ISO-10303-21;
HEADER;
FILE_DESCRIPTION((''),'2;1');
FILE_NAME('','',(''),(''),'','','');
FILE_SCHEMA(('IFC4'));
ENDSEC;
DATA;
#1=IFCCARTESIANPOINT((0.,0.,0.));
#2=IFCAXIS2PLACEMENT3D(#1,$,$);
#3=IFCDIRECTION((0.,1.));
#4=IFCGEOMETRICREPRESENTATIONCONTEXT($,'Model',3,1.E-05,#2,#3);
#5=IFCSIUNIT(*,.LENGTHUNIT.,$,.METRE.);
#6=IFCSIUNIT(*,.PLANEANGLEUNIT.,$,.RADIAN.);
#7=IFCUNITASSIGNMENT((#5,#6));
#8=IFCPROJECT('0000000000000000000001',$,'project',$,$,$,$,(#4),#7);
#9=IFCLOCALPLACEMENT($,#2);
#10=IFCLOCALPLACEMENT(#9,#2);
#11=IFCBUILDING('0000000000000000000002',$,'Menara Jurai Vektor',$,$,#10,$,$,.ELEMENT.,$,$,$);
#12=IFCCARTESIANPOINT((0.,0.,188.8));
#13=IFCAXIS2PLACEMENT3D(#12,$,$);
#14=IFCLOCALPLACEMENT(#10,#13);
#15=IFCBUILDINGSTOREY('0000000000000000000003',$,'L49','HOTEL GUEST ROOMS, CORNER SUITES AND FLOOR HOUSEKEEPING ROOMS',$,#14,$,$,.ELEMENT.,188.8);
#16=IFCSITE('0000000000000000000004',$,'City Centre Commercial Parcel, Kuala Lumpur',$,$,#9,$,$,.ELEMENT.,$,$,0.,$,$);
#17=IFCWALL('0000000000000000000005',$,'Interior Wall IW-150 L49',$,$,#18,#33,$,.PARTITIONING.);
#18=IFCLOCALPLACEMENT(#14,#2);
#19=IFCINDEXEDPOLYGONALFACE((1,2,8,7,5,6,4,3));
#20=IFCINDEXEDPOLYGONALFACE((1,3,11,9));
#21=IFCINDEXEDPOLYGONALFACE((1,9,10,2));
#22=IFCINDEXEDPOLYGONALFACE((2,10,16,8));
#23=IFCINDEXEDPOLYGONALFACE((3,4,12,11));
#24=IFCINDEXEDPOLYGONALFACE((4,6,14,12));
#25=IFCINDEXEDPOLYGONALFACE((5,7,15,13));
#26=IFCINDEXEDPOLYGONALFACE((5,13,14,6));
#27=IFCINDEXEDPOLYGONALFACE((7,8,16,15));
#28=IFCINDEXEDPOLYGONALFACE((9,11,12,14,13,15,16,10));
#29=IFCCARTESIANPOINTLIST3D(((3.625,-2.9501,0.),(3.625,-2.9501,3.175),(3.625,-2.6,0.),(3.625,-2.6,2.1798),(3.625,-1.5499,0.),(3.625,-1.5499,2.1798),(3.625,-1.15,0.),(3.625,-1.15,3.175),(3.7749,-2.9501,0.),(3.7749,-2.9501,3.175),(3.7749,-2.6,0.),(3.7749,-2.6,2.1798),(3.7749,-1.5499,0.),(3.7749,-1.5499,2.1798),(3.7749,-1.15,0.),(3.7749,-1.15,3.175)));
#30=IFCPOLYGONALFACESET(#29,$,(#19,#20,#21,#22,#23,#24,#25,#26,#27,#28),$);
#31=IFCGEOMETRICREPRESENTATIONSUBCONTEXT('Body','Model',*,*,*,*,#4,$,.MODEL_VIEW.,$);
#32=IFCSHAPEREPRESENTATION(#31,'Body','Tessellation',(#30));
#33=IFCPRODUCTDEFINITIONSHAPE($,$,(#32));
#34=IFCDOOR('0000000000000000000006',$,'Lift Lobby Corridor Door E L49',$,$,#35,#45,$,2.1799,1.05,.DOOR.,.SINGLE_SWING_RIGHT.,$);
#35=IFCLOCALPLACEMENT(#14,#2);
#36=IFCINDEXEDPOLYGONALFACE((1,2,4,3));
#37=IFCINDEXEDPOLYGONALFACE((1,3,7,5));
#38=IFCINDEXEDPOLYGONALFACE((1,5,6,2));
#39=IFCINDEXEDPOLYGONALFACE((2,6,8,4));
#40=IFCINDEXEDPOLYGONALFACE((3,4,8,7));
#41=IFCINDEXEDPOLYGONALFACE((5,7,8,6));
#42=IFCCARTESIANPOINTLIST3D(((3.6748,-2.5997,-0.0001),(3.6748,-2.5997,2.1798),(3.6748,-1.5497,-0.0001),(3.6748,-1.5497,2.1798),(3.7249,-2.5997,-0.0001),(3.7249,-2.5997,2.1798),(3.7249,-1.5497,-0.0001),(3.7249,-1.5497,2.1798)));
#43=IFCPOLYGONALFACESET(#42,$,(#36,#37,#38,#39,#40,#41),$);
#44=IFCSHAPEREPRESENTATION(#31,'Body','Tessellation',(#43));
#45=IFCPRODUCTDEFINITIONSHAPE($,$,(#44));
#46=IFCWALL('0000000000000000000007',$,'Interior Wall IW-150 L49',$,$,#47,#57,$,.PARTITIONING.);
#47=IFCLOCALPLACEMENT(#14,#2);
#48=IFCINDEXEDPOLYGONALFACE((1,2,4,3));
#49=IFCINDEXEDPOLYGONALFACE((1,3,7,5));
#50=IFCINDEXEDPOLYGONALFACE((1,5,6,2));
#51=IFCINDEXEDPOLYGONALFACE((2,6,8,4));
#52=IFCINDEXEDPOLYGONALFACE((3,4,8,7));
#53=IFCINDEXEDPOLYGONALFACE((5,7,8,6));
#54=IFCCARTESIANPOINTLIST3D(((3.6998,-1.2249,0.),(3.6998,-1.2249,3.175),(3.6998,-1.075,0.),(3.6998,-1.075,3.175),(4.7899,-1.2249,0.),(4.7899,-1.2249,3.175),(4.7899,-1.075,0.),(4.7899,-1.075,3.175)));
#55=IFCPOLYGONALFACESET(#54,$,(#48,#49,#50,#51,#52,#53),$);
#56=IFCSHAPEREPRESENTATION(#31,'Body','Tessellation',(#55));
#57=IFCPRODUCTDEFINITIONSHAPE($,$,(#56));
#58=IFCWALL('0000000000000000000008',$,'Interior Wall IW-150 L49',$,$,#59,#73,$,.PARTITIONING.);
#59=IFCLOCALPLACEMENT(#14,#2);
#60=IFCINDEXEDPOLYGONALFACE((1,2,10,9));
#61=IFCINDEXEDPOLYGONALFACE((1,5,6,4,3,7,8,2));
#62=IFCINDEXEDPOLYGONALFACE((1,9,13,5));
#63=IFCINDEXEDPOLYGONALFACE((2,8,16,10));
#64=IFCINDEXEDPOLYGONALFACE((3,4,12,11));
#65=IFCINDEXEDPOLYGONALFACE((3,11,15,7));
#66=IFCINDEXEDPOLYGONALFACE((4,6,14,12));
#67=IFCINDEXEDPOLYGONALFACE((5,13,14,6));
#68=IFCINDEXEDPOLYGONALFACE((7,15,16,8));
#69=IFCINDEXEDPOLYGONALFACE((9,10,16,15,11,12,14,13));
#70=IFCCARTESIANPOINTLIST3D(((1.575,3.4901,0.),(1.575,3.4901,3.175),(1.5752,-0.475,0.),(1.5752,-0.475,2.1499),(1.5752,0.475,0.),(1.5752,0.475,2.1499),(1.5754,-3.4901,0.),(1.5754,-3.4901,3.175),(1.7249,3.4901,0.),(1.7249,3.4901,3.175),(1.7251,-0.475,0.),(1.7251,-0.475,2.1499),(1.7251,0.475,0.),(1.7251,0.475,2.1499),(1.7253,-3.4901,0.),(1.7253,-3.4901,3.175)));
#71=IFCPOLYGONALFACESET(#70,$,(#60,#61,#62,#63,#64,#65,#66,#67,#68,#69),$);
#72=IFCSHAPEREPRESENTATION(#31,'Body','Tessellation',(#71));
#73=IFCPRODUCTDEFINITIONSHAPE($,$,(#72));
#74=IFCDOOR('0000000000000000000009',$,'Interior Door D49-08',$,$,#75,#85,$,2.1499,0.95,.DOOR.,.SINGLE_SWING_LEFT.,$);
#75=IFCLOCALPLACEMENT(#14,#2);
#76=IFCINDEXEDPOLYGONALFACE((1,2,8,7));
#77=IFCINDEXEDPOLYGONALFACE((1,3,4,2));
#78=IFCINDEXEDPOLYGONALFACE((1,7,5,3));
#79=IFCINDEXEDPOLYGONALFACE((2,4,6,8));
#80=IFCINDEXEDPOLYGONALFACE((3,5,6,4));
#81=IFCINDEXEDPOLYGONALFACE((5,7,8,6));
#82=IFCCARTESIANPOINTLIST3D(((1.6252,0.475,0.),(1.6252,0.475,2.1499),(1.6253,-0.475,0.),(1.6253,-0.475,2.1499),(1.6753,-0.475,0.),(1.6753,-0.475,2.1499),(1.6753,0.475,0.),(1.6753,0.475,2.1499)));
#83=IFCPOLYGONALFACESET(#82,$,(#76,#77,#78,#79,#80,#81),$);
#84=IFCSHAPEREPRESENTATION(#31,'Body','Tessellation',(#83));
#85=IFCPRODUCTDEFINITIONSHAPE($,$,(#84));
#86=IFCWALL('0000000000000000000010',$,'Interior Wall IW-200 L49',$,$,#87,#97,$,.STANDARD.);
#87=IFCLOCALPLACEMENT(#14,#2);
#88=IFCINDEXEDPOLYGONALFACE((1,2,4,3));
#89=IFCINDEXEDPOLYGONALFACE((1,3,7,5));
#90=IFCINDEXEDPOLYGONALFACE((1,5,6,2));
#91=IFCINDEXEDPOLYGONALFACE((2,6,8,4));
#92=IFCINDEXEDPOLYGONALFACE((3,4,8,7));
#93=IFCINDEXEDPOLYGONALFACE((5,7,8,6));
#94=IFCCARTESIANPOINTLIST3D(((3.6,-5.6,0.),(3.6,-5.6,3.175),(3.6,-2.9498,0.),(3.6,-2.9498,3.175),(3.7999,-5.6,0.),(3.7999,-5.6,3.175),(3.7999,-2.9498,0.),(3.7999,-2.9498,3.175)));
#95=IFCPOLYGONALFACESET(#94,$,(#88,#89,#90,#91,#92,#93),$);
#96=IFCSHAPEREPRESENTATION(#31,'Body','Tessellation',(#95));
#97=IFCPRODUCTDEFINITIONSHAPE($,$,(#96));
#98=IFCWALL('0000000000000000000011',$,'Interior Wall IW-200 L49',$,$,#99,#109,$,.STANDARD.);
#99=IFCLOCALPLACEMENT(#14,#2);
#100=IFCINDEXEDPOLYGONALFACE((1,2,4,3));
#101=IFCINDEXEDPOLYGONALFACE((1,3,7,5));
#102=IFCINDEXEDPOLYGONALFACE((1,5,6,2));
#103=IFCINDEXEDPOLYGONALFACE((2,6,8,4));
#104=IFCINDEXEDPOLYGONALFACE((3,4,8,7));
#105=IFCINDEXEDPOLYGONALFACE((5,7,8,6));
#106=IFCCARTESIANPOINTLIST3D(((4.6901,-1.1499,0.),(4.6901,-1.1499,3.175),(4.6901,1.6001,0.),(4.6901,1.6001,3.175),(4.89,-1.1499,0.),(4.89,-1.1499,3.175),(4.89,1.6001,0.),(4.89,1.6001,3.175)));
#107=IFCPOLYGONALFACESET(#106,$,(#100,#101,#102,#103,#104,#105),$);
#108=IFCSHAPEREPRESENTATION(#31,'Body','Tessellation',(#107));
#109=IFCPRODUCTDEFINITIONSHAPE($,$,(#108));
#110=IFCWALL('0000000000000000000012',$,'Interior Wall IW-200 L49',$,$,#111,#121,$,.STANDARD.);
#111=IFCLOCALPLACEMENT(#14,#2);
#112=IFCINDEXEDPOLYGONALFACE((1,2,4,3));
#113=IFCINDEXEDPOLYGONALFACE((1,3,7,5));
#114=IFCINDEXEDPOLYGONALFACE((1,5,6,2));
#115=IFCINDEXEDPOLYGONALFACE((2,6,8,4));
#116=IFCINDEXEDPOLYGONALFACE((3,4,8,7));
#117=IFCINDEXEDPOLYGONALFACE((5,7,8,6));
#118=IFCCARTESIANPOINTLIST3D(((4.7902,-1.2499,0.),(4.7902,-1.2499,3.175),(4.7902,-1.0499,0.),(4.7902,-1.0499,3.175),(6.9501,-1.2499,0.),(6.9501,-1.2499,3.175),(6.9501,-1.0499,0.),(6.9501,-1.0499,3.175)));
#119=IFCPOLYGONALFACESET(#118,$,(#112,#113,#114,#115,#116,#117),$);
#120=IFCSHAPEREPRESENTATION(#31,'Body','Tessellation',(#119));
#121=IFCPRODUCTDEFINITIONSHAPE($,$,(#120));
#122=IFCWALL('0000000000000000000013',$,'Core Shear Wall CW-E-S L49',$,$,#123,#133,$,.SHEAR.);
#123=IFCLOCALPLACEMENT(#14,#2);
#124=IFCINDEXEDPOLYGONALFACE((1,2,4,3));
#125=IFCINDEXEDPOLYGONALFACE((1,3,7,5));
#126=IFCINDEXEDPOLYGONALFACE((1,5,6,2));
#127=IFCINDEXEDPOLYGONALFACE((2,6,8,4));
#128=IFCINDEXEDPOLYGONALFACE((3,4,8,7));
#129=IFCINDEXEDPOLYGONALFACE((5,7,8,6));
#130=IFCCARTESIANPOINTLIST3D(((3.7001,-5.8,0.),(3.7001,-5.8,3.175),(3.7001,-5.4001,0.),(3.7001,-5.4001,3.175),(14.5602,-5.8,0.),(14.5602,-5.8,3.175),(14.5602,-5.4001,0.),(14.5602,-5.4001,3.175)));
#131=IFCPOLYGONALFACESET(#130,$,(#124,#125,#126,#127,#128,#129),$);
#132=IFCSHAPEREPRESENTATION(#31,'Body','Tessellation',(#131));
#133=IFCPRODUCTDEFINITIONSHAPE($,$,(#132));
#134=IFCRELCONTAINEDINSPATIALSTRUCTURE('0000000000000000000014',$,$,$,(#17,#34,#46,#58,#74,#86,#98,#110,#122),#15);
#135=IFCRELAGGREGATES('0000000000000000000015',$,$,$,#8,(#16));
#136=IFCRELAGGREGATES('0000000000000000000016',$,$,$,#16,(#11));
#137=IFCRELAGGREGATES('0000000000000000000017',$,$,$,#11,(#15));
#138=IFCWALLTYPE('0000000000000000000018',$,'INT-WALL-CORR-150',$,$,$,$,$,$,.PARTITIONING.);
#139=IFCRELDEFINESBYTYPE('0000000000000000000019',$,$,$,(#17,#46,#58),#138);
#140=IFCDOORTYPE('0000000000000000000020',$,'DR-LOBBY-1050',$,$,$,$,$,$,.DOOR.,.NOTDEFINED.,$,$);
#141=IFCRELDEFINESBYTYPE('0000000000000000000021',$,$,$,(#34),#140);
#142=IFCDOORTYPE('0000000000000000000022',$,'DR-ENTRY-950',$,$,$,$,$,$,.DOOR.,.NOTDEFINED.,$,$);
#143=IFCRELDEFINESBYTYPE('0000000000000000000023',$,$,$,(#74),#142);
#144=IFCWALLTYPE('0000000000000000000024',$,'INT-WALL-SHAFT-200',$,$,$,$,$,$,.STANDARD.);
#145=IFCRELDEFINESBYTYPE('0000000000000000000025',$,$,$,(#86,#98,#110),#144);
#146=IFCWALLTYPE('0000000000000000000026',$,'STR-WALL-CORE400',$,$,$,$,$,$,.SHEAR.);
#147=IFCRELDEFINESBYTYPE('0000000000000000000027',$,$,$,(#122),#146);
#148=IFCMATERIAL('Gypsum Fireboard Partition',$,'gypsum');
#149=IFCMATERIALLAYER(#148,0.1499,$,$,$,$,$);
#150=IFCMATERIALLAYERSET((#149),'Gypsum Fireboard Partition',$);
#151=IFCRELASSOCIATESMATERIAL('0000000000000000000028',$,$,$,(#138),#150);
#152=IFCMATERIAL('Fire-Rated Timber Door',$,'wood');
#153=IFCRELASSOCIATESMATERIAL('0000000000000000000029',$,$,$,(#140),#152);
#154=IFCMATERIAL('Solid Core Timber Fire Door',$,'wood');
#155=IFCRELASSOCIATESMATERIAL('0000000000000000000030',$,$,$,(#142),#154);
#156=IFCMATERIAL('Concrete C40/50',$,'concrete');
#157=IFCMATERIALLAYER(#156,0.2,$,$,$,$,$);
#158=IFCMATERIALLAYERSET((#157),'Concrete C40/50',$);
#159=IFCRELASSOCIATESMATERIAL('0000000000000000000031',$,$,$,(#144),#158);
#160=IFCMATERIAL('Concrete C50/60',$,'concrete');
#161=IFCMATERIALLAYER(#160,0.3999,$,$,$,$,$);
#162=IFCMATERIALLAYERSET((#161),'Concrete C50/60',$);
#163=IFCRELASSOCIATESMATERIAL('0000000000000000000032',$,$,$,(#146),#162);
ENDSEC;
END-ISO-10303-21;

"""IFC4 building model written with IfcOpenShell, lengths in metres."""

from ifc_helpers import new_model, si_unit, direction, frame, frame_2d, origin, place, context, subcontext, project, spatial, rectangle, extrude, material, layer, layer_set, type_object, element, fill, save


model = new_model("IFC4")

# Units and contexts
model_context = context("Model", 3, precision=1e-05, world=origin(), true_north=direction((0.0, 1.0)))
body_context = subcontext(model_context, "Body", "Model", "MODEL_VIEW")
ifc_project = project(units=[si_unit("LENGTHUNIT", "METRE"), si_unit("PLANEANGLEUNIT", "RADIAN")], contexts=[model_context])

# Site, building, storey
site_placement = place(None, origin())
site = spatial("IfcSite", under=ifc_project, at=site_placement, Name="City Centre Commercial Parcel, Kuala Lumpur", CompositionType="ELEMENT", RefElevation=0.0)
building_placement = place(site_placement, origin())
building = spatial("IfcBuilding", under=site, at=building_placement, Name="Menara Jurai Vektor", CompositionType="ELEMENT")
storey_placement = place(building_placement, frame((0.0, 0.0, 188.8)))
storey = spatial("IfcBuildingStorey", under=building, at=storey_placement, Name="L49", Description="HOTEL GUEST ROOMS, CORNER SUITES AND FLOOR HOUSEKEEPING ROOMS", CompositionType="ELEMENT", Elevation=188.8)

# Shared definitions
ifc_material_1 = material(Name="Concrete C50/60", Category="concrete")

# Shared definitions
ifc_material_2 = material(Name="Concrete C40/50", Category="concrete")

# Wall, opening, door
ifc_material_3 = material(Name="Gypsum Fireboard Partition", Category="gypsum")
ifc_layer_1 = layer(ifc_material_3, 0.1499)
ifc_layer_set_1 = layer_set([ifc_layer_1], Name="Gypsum Fireboard Partition")
wall_type_1 = type_object("IfcWallType", Name="INT-WALL-CORR-150", PredefinedType="PARTITIONING", material=ifc_layer_set_1)
wall_1_placement = place(storey_placement, frame((3.7, -2.95, 0.0), z_axis=(0.0, 0.0, 1.0), x_axis=(0.0, 1.0, 0.0)))
wall_1 = element("IfcWall", 1, at=wall_1_placement, inside=storey, type_object=wall_type_1, Name="Interior Wall IW-150 L49", PredefinedType="PARTITIONING", context=body_context, shape_type="SweptSolid", body=[
    extrude(rectangle(XDim=1.8, YDim=0.1499, at=frame_2d((0.8999, 0.0))), origin(), (0.0, 0.0, 1.0), 3.175),
])
opening_1_placement = place(wall_1_placement, frame((0.3501, 0.0, 0.0)))
opening_1 = element("IfcOpeningElement", 2, at=opening_1_placement, cuts=wall_1, PredefinedType="OPENING", context=body_context, shape_type="SweptSolid", body=[
    extrude(rectangle(XDim=1.05, YDim=2.1799, at=frame_2d((0.5249, 1.0898))), frame((0.0, 0.085, 0.0), z_axis=(0.0, -1.0, 0.0), x_axis=(1.0, 0.0, 0.0)), (0.0, 0.0, 1.0), 0.1699),
])
ifc_material_4 = material(Name="Fire-Rated Timber Door", Category="wood")
door_type_1 = type_object("IfcDoorType", Name="DR-LOBBY-1050", OperationType="NOTDEFINED", PredefinedType="DOOR", material=ifc_material_4)
door_1_placement = place(opening_1_placement, frame((1.05, 0.0, 0.0), z_axis=(0.0, 0.0, 1.0), x_axis=(-1.0, 0.0, 0.0)))
door_1 = element("IfcDoor", 3, at=door_1_placement, inside=storey, type_object=door_type_1, Name="Lift Lobby Corridor Door E L49", OperationType="SINGLE_SWING_RIGHT", OverallHeight=2.1799, OverallWidth=1.05, PredefinedType="DOOR", context=body_context, shape_type="SweptSolid", body=[
    extrude(rectangle(XDim=1.05, YDim=2.1799, at=frame_2d((0.5249, 1.0898))), frame((0.0, 0.0249, 0.0), z_axis=(0.0, -1.0, 0.0), x_axis=(1.0, 0.0, 0.0)), (0.0, 0.0, 1.0), 0.05),
])
fill(opening_1, door_1)

# Wall
wall_2_placement = place(storey_placement, frame((3.7, -1.1499, 0.0), z_axis=(0.0, 0.0, 1.0), x_axis=(1.0, 0.0, 0.0)))
element("IfcWall", 4, at=wall_2_placement, inside=storey, type_object=wall_type_1, Name="Interior Wall IW-150 L49", PredefinedType="PARTITIONING", context=body_context, shape_type="SweptSolid", body=[
    extrude(rectangle(XDim=1.0901, YDim=0.1499, at=frame_2d((0.5449, 0.0))), origin(), (0.0, 0.0, 1.0), 3.175),
])

# Wall, opening, door
wall_3_placement = place(storey_placement, frame((1.6504, -3.4902, 0.0), z_axis=(0.0, 0.0, 1.0), x_axis=(-0.00007, 1.0, 0.0)))
wall_3 = element("IfcWall", 5, at=wall_3_placement, inside=storey, type_object=wall_type_1, Name="Interior Wall IW-150 L49", PredefinedType="PARTITIONING", context=body_context, shape_type="SweptSolid", body=[
    extrude(rectangle(XDim=6.9802, YDim=0.1499, at=frame_2d((3.4902, 0.0))), origin(), (0.0, 0.0, 1.0), 3.175),
])
opening_2_placement = place(wall_3_placement, frame((3.0151, 0.0, 0.0)))
opening_2 = element("IfcOpeningElement", 6, at=opening_2_placement, cuts=wall_3, PredefinedType="OPENING", context=body_context, shape_type="SweptSolid", body=[
    extrude(rectangle(XDim=0.95, YDim=2.1499, at=frame_2d((0.4751, 1.075))), frame((0.0, 0.085, 0.0), z_axis=(0.0, -1.0, 0.0), x_axis=(1.0, 0.0, 0.0)), (0.0, 0.0, 1.0), 0.1699),
])
ifc_material_5 = material(Name="Solid Core Timber Fire Door", Category="wood")
door_type_2 = type_object("IfcDoorType", Name="DR-ENTRY-950", OperationType="NOTDEFINED", PredefinedType="DOOR", material=ifc_material_5)
door_2_placement = place(opening_2_placement, origin())
door_2 = element("IfcDoor", 7, at=door_2_placement, inside=storey, type_object=door_type_2, Name="Interior Door D49-08", OperationType="SINGLE_SWING_LEFT", OverallHeight=2.1499, OverallWidth=0.95, PredefinedType="DOOR", context=body_context, shape_type="SweptSolid", body=[
    extrude(rectangle(XDim=0.95, YDim=2.1499, at=frame_2d((0.4751, 1.075))), frame((0.0, 0.0249, 0.0), z_axis=(0.0, -1.0, 0.0), x_axis=(1.0, 0.0, 0.0)), (0.0, 0.0, 1.0), 0.05),
])
fill(opening_2, door_2)

# Shared definitions
ifc_layer_2 = layer(ifc_material_2, 0.2)
ifc_layer_set_2 = layer_set([ifc_layer_2], Name="Concrete C40/50")
wall_type_2 = type_object("IfcWallType", Name="INT-WALL-SHAFT-200", PredefinedType="STANDARD", material=ifc_layer_set_2)

# Walls
wall_4_placement = place(storey_placement, frame((3.7, -5.6001, 0.0), z_axis=(0.0, 0.0, 1.0), x_axis=(0.0, 1.0, 0.0)))
element("IfcWall", 8, at=wall_4_placement, inside=storey, type_object=wall_type_2, Name="Interior Wall IW-200 L49", PredefinedType="STANDARD", context=body_context, shape_type="SweptSolid", body=[
    extrude(rectangle(XDim=2.6501, YDim=0.2, at=frame_2d((1.3252, 0.0))), origin(), (0.0, 0.0, 1.0), 3.175),
])
wall_5_placement = place(storey_placement, frame((4.79, -1.1499, 0.0), z_axis=(0.0, 0.0, 1.0), x_axis=(0.0, 1.0, 0.0)))
element("IfcWall", 9, at=wall_5_placement, inside=storey, type_object=wall_type_2, Name="Interior Wall IW-200 L49", PredefinedType="STANDARD", context=body_context, shape_type="SweptSolid", body=[
    extrude(rectangle(XDim=2.75, YDim=0.2, at=frame_2d((1.375, 0.0))), origin(), (0.0, 0.0, 1.0), 3.175),
])
wall_6_placement = place(storey_placement, frame((4.79, -1.1499, 0.0), z_axis=(0.0, 0.0, 1.0), x_axis=(1.0, 0.0, 0.0)))
element("IfcWall", 10, at=wall_6_placement, inside=storey, type_object=wall_type_2, Name="Interior Wall IW-200 L49", PredefinedType="STANDARD", context=body_context, shape_type="SweptSolid", body=[
    extrude(rectangle(XDim=2.1599, YDim=0.2, at=frame_2d((1.0801, 0.0))), origin(), (0.0, 0.0, 1.0), 3.175),
])

# Wall
ifc_layer_3 = layer(ifc_material_1, 0.3999)
ifc_layer_set_3 = layer_set([ifc_layer_3], Name="Concrete C50/60")
wall_type_3 = type_object("IfcWallType", Name="STR-WALL-CORE400", PredefinedType="SHEAR", material=ifc_layer_set_3)
wall_7_placement = place(storey_placement, frame((3.7, -5.6001, 0.0), z_axis=(0.0, 0.0, 1.0), x_axis=(1.0, 0.0, 0.0)))
element("IfcWall", 11, at=wall_7_placement, inside=storey, type_object=wall_type_3, Name="Core Shear Wall CW-E-S L49", PredefinedType="SHEAR", context=body_context, shape_type="SweptSolid", body=[
    extrude(rectangle(XDim=10.8601, YDim=0.3999, at=frame_2d((5.4302, 0.0))), origin(), (0.0, 0.0, 1.0), 3.175),
])

save(model, "model.ifc")
